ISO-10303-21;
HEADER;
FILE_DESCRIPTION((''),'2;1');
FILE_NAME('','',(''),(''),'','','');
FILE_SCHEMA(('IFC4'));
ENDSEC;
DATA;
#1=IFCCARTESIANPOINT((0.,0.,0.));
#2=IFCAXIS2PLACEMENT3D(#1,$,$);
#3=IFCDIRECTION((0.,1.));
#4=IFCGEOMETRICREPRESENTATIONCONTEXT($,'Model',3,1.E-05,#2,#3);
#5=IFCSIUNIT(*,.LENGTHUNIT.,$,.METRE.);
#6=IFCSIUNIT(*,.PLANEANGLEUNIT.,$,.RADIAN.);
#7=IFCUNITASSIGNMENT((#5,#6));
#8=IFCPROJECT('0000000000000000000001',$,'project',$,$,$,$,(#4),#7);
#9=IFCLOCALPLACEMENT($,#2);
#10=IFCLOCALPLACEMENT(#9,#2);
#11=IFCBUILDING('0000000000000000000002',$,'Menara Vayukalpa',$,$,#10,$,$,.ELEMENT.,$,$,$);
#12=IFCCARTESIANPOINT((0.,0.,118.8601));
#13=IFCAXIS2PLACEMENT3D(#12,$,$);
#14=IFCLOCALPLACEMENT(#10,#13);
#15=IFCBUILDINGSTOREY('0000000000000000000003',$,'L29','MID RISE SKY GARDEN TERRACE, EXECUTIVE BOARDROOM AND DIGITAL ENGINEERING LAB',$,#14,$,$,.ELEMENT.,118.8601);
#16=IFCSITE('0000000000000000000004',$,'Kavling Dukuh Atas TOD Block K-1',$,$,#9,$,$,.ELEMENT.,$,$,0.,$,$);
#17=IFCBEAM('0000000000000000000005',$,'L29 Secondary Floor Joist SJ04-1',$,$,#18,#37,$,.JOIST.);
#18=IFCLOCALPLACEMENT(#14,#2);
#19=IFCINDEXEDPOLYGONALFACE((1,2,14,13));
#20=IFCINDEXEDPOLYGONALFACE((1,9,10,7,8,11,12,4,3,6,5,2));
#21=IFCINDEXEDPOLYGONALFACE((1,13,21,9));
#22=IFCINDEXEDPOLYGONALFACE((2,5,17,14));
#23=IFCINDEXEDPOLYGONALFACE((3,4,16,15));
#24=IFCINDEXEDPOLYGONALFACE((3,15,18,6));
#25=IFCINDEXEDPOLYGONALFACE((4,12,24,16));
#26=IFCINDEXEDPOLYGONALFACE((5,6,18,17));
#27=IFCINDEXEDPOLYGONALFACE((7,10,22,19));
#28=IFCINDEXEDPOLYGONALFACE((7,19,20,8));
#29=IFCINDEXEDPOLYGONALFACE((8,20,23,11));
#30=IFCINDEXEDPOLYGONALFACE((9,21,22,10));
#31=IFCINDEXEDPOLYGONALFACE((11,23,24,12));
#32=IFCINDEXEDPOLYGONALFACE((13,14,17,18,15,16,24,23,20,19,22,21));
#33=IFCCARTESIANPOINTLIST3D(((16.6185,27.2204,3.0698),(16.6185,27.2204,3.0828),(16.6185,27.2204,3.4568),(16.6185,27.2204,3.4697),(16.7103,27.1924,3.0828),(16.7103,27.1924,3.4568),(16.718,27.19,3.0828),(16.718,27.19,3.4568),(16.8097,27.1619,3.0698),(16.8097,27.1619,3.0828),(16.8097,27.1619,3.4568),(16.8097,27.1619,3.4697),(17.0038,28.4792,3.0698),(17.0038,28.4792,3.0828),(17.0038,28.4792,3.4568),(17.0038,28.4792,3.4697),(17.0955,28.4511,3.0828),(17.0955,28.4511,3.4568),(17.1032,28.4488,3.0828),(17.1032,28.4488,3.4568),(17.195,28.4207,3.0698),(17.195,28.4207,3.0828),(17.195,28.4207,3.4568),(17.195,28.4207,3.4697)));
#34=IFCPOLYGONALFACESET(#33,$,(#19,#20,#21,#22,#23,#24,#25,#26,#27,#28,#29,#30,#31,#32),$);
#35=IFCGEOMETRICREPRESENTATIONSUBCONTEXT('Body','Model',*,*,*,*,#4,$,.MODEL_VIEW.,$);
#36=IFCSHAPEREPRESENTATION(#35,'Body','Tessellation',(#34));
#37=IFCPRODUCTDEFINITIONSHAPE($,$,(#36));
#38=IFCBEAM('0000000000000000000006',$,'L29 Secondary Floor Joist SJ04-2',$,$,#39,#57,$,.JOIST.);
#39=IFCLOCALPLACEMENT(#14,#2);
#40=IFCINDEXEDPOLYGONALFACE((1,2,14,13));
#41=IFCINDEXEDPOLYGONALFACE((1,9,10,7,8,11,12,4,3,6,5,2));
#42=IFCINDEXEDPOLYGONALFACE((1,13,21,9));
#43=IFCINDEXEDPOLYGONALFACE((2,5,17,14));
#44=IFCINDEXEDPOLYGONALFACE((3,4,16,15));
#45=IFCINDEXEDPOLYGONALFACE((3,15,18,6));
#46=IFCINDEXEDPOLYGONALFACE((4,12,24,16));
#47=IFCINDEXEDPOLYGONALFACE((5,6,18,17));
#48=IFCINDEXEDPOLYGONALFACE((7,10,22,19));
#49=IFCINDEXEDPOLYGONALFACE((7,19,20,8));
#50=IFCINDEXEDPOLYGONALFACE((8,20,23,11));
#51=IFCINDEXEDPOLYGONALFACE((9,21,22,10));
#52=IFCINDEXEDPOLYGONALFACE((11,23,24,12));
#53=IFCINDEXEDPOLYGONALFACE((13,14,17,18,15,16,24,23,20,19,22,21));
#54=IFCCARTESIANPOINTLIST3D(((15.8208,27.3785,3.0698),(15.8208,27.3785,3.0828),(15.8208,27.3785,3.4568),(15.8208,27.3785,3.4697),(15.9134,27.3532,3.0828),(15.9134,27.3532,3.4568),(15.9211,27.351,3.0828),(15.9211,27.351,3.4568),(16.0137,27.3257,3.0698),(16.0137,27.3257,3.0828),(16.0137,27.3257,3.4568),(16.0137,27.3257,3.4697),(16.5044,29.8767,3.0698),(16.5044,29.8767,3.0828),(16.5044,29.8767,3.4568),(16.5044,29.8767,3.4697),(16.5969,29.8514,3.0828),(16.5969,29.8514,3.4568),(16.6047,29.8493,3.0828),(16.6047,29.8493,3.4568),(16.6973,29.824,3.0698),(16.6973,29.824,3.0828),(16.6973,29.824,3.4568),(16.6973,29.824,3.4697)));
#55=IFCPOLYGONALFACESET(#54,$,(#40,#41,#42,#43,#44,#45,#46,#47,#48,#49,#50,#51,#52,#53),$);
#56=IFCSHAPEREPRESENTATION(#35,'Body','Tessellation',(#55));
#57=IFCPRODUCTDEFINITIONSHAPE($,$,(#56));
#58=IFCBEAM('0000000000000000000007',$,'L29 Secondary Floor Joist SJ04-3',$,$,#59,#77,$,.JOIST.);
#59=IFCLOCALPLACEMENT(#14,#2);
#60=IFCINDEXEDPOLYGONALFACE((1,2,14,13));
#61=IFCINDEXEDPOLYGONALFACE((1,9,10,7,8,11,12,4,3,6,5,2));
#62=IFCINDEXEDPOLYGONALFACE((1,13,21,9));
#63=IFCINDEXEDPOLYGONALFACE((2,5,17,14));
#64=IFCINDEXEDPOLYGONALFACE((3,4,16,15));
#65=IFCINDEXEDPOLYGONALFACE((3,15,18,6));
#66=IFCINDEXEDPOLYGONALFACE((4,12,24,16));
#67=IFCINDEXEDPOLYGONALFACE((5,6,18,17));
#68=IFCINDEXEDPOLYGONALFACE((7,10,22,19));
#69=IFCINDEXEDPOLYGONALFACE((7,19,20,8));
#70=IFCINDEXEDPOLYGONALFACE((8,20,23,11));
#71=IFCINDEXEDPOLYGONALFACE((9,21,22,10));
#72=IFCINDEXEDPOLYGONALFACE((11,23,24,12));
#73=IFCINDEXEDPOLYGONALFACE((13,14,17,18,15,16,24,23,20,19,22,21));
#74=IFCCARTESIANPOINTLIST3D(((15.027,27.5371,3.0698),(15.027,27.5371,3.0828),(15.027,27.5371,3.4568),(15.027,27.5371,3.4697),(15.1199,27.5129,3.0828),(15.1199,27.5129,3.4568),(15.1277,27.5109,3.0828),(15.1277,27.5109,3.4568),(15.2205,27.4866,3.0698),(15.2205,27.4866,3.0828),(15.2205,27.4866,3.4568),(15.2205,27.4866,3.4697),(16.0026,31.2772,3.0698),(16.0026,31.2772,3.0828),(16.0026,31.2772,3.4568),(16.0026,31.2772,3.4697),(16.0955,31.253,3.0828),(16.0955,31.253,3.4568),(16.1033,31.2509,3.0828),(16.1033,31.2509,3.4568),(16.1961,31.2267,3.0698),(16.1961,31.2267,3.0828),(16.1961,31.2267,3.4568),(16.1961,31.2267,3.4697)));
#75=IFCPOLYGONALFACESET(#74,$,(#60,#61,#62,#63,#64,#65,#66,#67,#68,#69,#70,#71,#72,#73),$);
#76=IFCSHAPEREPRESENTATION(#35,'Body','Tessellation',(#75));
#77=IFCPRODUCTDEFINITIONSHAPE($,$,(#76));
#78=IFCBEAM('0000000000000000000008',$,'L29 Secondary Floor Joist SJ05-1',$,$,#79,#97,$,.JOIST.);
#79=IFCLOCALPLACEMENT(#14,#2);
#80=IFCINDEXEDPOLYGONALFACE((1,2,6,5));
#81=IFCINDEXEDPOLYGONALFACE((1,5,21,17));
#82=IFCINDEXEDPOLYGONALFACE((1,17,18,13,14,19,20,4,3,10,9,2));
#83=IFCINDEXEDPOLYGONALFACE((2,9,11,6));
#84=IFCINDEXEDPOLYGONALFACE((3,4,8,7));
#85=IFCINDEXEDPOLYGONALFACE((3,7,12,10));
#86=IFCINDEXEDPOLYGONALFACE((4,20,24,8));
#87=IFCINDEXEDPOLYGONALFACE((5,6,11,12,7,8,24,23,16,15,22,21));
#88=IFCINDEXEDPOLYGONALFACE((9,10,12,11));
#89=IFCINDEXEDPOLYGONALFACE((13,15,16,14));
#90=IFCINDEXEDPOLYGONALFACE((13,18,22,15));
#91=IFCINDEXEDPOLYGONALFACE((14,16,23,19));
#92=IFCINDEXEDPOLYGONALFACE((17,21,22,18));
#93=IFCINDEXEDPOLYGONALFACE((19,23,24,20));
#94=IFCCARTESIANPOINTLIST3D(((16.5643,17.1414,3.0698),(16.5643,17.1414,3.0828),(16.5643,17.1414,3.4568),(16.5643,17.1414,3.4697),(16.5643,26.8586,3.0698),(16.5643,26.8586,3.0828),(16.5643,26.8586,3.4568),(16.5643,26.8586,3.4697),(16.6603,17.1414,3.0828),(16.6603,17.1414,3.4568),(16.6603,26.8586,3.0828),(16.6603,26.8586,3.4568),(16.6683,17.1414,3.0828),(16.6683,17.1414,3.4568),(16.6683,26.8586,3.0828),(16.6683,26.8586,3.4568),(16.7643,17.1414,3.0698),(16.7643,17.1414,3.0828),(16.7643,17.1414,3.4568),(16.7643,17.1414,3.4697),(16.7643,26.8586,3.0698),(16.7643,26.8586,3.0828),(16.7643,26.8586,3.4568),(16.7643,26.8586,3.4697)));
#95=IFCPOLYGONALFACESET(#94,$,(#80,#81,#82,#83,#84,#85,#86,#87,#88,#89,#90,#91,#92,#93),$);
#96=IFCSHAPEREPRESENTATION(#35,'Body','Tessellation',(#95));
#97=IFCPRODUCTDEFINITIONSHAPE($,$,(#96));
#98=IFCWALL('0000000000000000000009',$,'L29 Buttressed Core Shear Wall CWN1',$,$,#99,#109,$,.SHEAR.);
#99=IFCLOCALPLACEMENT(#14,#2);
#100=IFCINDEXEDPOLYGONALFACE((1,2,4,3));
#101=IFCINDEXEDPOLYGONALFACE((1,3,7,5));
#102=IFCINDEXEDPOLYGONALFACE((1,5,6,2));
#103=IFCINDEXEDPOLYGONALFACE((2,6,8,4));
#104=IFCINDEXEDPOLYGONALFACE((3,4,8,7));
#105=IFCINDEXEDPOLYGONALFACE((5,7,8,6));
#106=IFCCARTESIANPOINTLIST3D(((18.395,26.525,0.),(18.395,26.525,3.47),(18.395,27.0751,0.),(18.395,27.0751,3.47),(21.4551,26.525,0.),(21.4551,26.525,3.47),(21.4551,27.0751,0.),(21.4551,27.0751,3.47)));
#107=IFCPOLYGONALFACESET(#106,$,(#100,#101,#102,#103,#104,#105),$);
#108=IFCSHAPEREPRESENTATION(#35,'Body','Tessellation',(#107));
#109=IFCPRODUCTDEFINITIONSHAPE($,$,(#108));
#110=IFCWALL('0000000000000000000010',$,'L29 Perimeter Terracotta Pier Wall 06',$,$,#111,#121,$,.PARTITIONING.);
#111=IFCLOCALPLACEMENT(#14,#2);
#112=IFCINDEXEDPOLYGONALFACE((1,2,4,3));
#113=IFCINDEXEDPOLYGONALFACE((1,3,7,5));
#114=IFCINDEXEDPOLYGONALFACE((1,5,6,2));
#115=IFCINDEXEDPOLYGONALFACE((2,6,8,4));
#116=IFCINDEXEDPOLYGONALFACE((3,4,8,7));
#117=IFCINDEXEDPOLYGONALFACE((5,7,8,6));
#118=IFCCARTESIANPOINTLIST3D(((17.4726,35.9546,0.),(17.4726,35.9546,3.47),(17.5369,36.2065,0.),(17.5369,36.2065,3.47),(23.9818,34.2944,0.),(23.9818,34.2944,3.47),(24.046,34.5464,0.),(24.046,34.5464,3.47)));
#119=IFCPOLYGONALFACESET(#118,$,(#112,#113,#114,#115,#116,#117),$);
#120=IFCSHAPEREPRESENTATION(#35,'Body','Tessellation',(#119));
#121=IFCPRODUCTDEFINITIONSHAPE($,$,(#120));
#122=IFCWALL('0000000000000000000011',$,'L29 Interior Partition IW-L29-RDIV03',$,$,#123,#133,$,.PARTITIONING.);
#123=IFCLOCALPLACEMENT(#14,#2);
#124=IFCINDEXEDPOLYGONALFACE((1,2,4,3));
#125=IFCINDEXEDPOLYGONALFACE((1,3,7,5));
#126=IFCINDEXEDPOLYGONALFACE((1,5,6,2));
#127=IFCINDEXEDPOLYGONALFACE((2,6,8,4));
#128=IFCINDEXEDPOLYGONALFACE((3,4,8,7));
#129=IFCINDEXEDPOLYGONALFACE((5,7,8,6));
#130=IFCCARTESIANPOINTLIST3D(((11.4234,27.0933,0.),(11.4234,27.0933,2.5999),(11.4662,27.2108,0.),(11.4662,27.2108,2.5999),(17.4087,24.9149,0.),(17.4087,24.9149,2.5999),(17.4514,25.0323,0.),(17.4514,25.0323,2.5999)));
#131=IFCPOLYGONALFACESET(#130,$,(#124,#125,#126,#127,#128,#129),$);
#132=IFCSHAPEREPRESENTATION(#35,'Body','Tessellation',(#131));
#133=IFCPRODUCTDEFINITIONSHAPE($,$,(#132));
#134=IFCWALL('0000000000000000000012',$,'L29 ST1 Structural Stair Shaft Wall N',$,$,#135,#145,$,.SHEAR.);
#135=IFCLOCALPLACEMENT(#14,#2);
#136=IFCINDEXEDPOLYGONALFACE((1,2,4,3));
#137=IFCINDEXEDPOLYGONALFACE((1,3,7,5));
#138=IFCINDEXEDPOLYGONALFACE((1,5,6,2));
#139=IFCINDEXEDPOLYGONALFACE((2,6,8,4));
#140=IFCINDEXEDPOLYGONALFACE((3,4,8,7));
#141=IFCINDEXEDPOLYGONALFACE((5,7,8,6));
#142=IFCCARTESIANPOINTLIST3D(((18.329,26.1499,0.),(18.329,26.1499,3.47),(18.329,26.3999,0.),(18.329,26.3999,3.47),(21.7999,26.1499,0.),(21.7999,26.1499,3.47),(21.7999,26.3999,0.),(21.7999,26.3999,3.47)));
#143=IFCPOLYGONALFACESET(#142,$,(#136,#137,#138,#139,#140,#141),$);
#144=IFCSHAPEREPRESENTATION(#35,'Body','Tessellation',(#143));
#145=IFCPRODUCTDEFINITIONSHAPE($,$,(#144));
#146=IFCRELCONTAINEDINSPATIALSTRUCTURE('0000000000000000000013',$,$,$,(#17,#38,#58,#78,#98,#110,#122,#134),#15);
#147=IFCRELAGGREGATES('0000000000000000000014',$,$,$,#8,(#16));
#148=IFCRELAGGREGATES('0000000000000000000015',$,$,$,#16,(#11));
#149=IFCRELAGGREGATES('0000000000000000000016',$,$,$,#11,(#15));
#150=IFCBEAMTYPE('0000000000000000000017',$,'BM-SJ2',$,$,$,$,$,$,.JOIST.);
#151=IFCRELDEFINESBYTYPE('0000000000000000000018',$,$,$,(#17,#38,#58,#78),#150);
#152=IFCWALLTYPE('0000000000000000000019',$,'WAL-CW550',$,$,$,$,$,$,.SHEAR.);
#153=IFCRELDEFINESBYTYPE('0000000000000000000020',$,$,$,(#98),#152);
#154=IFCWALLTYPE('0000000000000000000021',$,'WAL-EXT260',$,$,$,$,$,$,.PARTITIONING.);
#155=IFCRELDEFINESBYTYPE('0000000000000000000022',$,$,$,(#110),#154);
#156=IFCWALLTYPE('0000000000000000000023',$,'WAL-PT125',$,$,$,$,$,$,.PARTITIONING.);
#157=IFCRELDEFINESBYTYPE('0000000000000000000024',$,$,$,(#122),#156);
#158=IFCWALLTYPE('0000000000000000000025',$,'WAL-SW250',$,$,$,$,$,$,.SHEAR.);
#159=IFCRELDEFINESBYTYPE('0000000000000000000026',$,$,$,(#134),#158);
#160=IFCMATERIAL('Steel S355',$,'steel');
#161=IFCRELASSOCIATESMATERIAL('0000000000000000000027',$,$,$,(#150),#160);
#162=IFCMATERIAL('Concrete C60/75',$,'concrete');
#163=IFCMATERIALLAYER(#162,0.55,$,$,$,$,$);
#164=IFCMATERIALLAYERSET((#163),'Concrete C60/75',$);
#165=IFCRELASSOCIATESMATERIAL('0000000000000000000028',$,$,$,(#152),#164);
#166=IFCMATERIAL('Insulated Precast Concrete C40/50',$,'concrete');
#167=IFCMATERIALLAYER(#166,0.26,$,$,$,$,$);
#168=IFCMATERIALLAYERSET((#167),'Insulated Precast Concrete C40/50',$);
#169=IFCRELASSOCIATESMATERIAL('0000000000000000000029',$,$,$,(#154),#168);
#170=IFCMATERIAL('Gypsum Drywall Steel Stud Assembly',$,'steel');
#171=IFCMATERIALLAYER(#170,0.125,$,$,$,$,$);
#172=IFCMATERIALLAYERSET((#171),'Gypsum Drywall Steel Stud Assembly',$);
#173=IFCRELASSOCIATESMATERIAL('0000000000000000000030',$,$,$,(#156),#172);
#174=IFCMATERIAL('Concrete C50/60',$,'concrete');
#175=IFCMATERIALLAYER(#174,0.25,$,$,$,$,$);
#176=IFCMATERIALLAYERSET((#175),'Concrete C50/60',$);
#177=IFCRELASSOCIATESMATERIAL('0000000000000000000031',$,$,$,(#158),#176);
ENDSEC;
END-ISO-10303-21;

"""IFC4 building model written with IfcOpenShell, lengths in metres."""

from ifc_helpers import new_model, si_unit, direction, frame, frame_2d, origin, origin_2d, place, context, subcontext, project, spatial, rectangle, i_section, extrude, material, layer, layer_set, material_profile, profile_set, type_object, element, save


model = new_model("IFC4")

# Units and contexts
model_context = context("Model", 3, precision=1e-05, world=origin(), true_north=direction((0.0, 1.0)))
body_context = subcontext(model_context, "Body", "Model", "MODEL_VIEW")
ifc_project = project(units=[si_unit("LENGTHUNIT", "METRE"), si_unit("PLANEANGLEUNIT", "RADIAN")], contexts=[model_context])

# Site, building, storey
site_placement = place(None, origin())
site = spatial("IfcSite", under=ifc_project, at=site_placement, Name="Kavling Dukuh Atas TOD Block K-1", CompositionType="ELEMENT", RefElevation=0.0)
building_placement = place(site_placement, origin())
building = spatial("IfcBuilding", under=site, at=building_placement, Name="Menara Vayukalpa", CompositionType="ELEMENT")
storey_placement = place(building_placement, frame((0.0, 0.0, 118.8601)))
storey = spatial("IfcBuildingStorey", under=building, at=storey_placement, Name="L29", Description="MID RISE SKY GARDEN TERRACE, EXECUTIVE BOARDROOM AND DIGITAL ENGINEERING LAB", CompositionType="ELEMENT", Elevation=118.8601)

# Beams
ifc_material_1 = material(Name="Steel S355", Category="steel")
ifc_material_profile_1 = material_profile(ifc_material_1, i_section(OverallWidth=0.2, OverallDepth=0.3999, WebThickness=0.0081, FlangeThickness=0.0129, at=origin_2d()), Name="WF 400x200x8x13")
ifc_profile_set_1 = profile_set([ifc_material_profile_1], Name="Steel S355")
beam_type_1 = type_object("IfcBeamType", Name="BM-SJ2", PredefinedType="JOIST", material=ifc_profile_set_1)
beam_1_placement = place(storey_placement, frame((17.0994, 28.45, 3.2698), z_axis=(-0.292652, -0.956219, 0.0), x_axis=(0.956219, -0.292652, 0.0)))
element("IfcBeam", 1, at=beam_1_placement, inside=storey, type_object=beam_type_1, Name="L29 Secondary Floor Joist SJ04-1", PredefinedType="JOIST", context=body_context, shape_type="SweptSolid", body=[
    extrude(i_section(OverallWidth=0.2, OverallDepth=0.3999, WebThickness=0.0081, FlangeThickness=0.0129, at=origin_2d()), origin(), (0.0, 0.0, 1.0), 1.3164),
])
beam_2_placement = place(storey_placement, frame((16.6008, 29.8503, 3.2698), z_axis=(-0.263923, -0.964544, 0.0), x_axis=(0.964544, -0.263923, 0.0)))
element("IfcBeam", 2, at=beam_2_placement, inside=storey, type_object=beam_type_1, Name="L29 Secondary Floor Joist SJ04-2", PredefinedType="JOIST", context=body_context, shape_type="SweptSolid", body=[
    extrude(i_section(OverallWidth=0.2, OverallDepth=0.3999, WebThickness=0.0081, FlangeThickness=0.0129, at=origin_2d()), origin(), (0.0, 0.0, 1.0), 2.5901),
])
beam_3_placement = place(storey_placement, frame((16.0994, 31.252, 3.2698), z_axis=(-0.252406, -0.967621, 0.0), x_axis=(0.967621, -0.252406, 0.0)))
element("IfcBeam", 3, at=beam_3_placement, inside=storey, type_object=beam_type_1, Name="L29 Secondary Floor Joist SJ04-3", PredefinedType="JOIST", context=body_context, shape_type="SweptSolid", body=[
    extrude(i_section(OverallWidth=0.2, OverallDepth=0.3999, WebThickness=0.0081, FlangeThickness=0.0129, at=origin_2d()), origin(), (0.0, 0.0, 1.0), 3.8652),
])
beam_4_placement = place(storey_placement, frame((16.6643, 26.8586, 3.2698), z_axis=(0.0, -1.0, 0.0), x_axis=(1.0, 0.0, 0.0)))
element("IfcBeam", 4, at=beam_4_placement, inside=storey, type_object=beam_type_1, Name="L29 Secondary Floor Joist SJ05-1", PredefinedType="JOIST", context=body_context, shape_type="SweptSolid", body=[
    extrude(i_section(OverallWidth=0.2, OverallDepth=0.3999, WebThickness=0.0081, FlangeThickness=0.0129, at=origin_2d()), origin(), (0.0, 0.0, 1.0), 9.7173),
])

# Walls
ifc_material_2 = material(Name="Concrete C60/75", Category="concrete")
ifc_layer_1 = layer(ifc_material_2, 0.55)
ifc_layer_set_1 = layer_set([ifc_layer_1], Name="Concrete C60/75")
wall_type_1 = type_object("IfcWallType", Name="WAL-CW550", PredefinedType="SHEAR", material=ifc_layer_set_1)
wall_1_placement = place(storey_placement, frame((18.395, 26.8, 0.0), z_axis=(0.0, 0.0, 1.0), x_axis=(1.0, 0.0, 0.0)))
element("IfcWall", 5, at=wall_1_placement, inside=storey, type_object=wall_type_1, Name="L29 Buttressed Core Shear Wall CWN1", PredefinedType="SHEAR", context=body_context, shape_type="SweptSolid", body=[
    extrude(rectangle(XDim=3.0601, YDim=0.55, at=frame_2d((1.53, 0.0))), origin(), (0.0, 0.0, 1.0), 3.47),
])
ifc_material_3 = material(Name="Insulated Precast Concrete C40/50", Category="concrete")
ifc_layer_2 = layer(ifc_material_3, 0.26)
ifc_layer_set_2 = layer_set([ifc_layer_2], Name="Insulated Precast Concrete C40/50")
wall_type_2 = type_object("IfcWallType", Name="WAL-EXT260", PredefinedType="PARTITIONING", material=ifc_layer_set_2)
wall_2_placement = place(storey_placement, frame((17.5046, 36.0806, 0.0), z_axis=(0.0, 0.0, 1.0), x_axis=(0.968981, -0.247134, 0.0)))
element("IfcWall", 6, at=wall_2_placement, inside=storey, type_object=wall_type_2, Name="L29 Perimeter Terracotta Pier Wall 06", PredefinedType="PARTITIONING", context=body_context, shape_type="SweptSolid", body=[
    extrude(rectangle(XDim=6.7175, YDim=0.26, at=frame_2d((3.3589, 0.0))), origin(), (0.0, 0.0, 1.0), 3.47),
])
ifc_material_4 = material(Name="Gypsum Drywall Steel Stud Assembly", Category="steel")
ifc_layer_3 = layer(ifc_material_4, 0.125)
ifc_layer_set_3 = layer_set([ifc_layer_3], Name="Gypsum Drywall Steel Stud Assembly")
wall_type_3 = type_object("IfcWallType", Name="WAL-PT125", PredefinedType="PARTITIONING", material=ifc_layer_set_3)
wall_3_placement = place(storey_placement, frame((17.4299, 24.9736, 0.0), z_axis=(0.0, 0.0, 1.0), x_axis=(-0.939694, 0.342017, 0.0)))
element("IfcWall", 7, at=wall_3_placement, inside=storey, type_object=wall_type_3, Name="L29 Interior Partition IW-L29-RDIV03", PredefinedType="PARTITIONING", context=body_context, shape_type="SweptSolid", body=[
    extrude(rectangle(XDim=6.3694, YDim=0.125, at=frame_2d((3.1846, 0.0))), origin(), (0.0, 0.0, 1.0), 2.5999),
])
ifc_material_5 = material(Name="Concrete C50/60", Category="concrete")
ifc_layer_4 = layer(ifc_material_5, 0.25)
ifc_layer_set_4 = layer_set([ifc_layer_4], Name="Concrete C50/60")
wall_type_4 = type_object("IfcWallType", Name="WAL-SW250", PredefinedType="SHEAR", material=ifc_layer_set_4)
wall_4_placement = place(storey_placement, frame((18.3291, 26.2749, 0.0), z_axis=(0.0, 0.0, 1.0), x_axis=(1.0, 0.0, 0.0)))
element("IfcWall", 8, at=wall_4_placement, inside=storey, type_object=wall_type_4, Name="L29 ST1 Structural Stair Shaft Wall N", PredefinedType="SHEAR", context=body_context, shape_type="SweptSolid", body=[
    extrude(rectangle(XDim=3.4709, YDim=0.25, at=frame_2d((1.7354, 0.0))), origin(), (0.0, 0.0, 1.0), 3.47),
])

save(model, "model.ifc")
